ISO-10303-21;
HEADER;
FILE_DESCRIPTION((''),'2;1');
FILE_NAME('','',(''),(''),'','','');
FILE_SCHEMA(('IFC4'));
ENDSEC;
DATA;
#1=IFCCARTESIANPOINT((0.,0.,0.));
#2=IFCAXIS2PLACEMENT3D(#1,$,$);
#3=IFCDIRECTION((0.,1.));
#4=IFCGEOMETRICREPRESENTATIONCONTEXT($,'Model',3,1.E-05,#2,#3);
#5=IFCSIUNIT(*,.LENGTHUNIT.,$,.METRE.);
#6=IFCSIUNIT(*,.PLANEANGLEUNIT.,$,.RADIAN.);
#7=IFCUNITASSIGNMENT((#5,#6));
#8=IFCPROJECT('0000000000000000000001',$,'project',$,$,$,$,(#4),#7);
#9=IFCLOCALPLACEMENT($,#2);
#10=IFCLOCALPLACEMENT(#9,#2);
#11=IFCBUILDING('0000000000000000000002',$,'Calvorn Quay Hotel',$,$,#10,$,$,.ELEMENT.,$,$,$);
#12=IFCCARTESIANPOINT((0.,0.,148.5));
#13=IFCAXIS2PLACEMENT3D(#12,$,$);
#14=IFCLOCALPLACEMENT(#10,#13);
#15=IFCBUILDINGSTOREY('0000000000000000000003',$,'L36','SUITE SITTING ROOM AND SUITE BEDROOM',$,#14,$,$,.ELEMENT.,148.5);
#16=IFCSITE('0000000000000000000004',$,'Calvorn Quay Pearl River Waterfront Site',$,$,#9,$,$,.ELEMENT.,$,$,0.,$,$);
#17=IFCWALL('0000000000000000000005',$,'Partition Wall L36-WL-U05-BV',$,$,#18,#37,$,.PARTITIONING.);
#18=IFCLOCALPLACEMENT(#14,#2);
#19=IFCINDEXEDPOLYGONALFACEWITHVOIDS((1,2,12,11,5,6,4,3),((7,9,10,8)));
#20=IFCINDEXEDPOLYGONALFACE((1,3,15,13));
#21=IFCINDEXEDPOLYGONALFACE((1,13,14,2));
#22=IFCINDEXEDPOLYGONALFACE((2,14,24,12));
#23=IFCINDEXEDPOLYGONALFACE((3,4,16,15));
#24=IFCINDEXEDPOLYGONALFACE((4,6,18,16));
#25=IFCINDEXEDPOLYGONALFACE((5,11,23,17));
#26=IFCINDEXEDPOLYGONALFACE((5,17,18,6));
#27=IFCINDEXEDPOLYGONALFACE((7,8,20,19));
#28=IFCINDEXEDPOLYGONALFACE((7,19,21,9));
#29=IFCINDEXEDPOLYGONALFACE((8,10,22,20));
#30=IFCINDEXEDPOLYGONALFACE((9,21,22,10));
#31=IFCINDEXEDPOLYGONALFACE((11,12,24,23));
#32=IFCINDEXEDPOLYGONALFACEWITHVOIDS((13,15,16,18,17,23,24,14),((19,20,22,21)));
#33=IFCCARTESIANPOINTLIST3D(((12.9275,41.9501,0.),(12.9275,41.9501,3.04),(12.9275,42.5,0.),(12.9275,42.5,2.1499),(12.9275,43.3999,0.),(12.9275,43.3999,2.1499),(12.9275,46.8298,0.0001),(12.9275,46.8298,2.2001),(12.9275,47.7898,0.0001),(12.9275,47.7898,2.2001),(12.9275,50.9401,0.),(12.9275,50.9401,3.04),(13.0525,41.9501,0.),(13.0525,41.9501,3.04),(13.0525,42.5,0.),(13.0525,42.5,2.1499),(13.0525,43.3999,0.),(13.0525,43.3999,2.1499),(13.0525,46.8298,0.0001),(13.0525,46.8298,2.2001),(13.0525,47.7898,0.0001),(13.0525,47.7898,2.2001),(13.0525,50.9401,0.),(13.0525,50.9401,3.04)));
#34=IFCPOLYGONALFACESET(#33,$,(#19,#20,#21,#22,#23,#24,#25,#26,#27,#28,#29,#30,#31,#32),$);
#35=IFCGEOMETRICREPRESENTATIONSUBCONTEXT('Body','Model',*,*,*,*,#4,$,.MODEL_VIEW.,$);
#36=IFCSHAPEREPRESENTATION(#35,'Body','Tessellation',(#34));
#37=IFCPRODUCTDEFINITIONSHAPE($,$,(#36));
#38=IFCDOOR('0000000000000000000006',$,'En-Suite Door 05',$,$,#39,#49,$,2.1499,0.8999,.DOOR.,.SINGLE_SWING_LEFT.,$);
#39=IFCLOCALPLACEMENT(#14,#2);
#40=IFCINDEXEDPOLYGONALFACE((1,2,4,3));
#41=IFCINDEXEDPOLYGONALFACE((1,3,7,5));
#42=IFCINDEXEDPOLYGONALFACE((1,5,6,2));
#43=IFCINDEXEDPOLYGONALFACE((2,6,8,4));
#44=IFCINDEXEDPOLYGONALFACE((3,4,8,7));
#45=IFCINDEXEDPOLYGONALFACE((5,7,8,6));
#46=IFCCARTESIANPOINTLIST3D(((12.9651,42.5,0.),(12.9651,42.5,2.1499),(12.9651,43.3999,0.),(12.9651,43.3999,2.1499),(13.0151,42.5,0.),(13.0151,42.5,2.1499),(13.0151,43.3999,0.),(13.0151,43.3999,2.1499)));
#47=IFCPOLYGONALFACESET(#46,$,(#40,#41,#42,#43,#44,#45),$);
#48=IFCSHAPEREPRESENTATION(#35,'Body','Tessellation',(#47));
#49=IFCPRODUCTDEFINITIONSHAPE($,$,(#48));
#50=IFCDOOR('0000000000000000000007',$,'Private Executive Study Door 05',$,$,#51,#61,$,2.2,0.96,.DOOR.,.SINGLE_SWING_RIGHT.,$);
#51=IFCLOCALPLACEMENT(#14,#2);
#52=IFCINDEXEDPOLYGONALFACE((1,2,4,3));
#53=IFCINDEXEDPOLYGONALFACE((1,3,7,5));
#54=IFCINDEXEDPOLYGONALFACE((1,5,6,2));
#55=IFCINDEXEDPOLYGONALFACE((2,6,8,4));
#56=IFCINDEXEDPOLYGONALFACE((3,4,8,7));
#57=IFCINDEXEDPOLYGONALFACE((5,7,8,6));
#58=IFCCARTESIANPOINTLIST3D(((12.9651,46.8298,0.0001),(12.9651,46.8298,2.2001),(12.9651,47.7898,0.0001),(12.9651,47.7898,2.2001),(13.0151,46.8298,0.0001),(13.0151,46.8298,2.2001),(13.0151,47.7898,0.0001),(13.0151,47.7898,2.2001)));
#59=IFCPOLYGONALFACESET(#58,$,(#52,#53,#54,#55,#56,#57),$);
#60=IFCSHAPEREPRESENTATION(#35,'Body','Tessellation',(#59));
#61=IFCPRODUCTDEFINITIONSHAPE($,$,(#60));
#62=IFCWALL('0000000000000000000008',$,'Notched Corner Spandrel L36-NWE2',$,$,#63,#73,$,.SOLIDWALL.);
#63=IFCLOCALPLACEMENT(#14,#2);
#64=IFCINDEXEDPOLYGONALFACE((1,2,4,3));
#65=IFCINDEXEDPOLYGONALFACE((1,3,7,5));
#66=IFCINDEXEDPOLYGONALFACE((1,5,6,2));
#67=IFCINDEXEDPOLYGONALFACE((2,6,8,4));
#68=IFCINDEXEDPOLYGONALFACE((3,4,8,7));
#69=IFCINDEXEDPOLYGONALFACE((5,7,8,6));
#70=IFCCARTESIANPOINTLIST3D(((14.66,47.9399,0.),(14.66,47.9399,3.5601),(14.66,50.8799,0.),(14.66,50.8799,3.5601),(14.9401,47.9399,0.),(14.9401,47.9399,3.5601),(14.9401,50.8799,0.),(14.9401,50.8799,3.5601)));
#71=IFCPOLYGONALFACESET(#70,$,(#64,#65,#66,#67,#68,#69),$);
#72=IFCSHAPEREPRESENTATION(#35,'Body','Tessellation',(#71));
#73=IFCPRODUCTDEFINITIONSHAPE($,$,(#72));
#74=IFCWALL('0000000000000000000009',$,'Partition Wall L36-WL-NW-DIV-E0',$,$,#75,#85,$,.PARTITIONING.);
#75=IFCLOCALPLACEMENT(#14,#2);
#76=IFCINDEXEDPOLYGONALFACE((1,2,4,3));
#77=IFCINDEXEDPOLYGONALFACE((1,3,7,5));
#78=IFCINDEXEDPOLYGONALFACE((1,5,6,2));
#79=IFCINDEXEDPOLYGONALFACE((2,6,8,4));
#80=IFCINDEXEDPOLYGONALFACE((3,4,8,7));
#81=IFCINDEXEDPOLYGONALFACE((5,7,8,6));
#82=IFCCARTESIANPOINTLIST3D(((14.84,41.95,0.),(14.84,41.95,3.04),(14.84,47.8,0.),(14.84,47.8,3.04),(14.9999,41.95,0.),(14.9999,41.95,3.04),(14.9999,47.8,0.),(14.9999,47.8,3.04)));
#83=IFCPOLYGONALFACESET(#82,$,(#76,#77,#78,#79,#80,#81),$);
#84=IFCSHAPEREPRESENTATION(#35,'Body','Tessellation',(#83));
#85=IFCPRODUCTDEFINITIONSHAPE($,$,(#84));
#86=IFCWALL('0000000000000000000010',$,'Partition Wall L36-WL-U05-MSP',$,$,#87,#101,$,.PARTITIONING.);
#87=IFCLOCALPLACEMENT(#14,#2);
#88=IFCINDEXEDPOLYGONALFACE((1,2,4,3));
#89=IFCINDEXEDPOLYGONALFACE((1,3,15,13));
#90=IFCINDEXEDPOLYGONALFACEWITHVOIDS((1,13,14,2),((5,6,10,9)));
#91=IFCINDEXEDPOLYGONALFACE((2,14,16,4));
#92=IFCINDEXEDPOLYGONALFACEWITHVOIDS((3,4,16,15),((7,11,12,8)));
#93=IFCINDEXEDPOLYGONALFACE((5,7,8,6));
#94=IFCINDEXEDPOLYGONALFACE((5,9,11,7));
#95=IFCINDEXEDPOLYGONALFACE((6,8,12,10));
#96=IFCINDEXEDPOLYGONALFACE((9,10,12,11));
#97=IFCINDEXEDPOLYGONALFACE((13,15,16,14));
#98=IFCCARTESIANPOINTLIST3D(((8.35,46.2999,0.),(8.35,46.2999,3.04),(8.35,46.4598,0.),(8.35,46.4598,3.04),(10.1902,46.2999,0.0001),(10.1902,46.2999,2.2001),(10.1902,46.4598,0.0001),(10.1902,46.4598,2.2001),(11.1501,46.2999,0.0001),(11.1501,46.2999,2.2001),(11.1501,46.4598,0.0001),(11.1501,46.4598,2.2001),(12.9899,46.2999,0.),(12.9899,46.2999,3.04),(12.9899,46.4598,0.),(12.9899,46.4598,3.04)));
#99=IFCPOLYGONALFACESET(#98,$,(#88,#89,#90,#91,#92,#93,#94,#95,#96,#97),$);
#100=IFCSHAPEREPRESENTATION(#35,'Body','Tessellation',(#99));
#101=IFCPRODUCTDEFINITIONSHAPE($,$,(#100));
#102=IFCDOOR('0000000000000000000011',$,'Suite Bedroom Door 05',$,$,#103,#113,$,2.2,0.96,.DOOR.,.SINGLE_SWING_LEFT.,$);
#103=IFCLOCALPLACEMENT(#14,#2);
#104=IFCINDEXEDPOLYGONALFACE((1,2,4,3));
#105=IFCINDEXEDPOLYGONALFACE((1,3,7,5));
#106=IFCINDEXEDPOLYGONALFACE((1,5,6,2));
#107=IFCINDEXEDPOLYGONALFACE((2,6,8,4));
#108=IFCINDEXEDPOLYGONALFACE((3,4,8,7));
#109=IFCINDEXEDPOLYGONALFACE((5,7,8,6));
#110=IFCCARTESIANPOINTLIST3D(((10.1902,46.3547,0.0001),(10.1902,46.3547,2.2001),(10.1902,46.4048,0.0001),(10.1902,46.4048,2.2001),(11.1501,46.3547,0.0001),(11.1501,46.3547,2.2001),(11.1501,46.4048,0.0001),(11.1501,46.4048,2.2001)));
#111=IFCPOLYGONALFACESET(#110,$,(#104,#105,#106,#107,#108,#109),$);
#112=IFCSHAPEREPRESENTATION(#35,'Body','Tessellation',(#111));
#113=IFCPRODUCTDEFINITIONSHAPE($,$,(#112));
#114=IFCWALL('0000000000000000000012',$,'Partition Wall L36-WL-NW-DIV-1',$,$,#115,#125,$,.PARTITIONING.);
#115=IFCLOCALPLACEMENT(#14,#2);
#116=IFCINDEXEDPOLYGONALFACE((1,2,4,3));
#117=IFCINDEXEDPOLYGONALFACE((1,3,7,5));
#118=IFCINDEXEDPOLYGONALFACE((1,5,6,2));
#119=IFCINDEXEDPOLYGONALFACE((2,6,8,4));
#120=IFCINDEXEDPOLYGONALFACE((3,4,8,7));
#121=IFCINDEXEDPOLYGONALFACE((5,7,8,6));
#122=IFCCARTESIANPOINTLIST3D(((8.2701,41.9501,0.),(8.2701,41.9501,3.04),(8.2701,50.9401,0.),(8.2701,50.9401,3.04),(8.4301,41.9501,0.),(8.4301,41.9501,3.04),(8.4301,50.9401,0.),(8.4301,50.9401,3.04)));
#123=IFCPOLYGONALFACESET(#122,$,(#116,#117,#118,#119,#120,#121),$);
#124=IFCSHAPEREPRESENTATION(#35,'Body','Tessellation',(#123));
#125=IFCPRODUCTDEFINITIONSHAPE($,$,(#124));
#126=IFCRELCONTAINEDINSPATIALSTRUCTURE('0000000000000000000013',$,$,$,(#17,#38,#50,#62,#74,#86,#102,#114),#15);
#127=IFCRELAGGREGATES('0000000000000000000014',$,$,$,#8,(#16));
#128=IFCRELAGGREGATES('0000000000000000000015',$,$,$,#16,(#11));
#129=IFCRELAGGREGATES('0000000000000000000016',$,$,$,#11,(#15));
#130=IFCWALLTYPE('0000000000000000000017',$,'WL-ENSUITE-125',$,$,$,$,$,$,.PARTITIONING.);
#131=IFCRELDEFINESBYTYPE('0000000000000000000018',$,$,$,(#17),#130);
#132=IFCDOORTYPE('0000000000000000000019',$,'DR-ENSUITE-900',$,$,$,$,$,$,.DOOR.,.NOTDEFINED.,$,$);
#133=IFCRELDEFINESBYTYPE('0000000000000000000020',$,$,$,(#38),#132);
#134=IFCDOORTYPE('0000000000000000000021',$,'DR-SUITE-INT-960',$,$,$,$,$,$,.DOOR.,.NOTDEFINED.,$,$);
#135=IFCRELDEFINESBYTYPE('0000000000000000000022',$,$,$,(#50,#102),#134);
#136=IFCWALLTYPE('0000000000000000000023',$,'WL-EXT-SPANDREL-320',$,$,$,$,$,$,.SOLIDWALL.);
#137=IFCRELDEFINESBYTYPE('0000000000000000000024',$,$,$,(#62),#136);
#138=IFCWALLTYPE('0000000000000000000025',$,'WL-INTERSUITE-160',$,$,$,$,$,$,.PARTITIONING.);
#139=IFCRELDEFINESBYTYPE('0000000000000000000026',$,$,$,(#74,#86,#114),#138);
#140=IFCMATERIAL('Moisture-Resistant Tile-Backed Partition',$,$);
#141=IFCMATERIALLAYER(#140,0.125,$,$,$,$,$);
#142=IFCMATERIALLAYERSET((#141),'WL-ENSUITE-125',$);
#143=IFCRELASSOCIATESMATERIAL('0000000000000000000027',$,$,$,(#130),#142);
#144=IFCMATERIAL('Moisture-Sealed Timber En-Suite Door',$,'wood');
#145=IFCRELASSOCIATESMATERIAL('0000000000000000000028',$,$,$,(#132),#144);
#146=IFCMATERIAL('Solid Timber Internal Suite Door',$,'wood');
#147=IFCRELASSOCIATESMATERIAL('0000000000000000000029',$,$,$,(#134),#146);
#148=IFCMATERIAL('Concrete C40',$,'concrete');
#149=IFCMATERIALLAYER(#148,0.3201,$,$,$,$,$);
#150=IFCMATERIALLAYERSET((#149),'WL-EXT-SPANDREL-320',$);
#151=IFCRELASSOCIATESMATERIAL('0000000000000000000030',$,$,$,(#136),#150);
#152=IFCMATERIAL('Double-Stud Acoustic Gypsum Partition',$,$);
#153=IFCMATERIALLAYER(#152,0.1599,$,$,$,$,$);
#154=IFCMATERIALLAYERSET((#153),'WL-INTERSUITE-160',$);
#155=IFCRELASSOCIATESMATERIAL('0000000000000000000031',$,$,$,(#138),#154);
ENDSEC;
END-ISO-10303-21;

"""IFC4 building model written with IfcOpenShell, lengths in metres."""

from ifc_helpers import new_model, si_unit, direction, frame, frame_2d, origin, place, context, subcontext, project, spatial, rectangle, extrude, material, layer, layer_set, type_object, element, fill, save


model = new_model("IFC4")

# Units and contexts
model_context = context("Model", 3, precision=1e-05, world=origin(), true_north=direction((0.0, 1.0)))
body_context = subcontext(model_context, "Body", "Model", "MODEL_VIEW")
ifc_project = project(units=[si_unit("LENGTHUNIT", "METRE"), si_unit("PLANEANGLEUNIT", "RADIAN")], contexts=[model_context])

# Site, building, storey
site_placement = place(None, origin())
site = spatial("IfcSite", under=ifc_project, at=site_placement, Name="Calvorn Quay Pearl River Waterfront Site", CompositionType="ELEMENT", RefElevation=0.0)
building_placement = place(site_placement, origin())
building = spatial("IfcBuilding", under=site, at=building_placement, Name="Calvorn Quay Hotel", CompositionType="ELEMENT")
storey_placement = place(building_placement, frame((0.0, 0.0, 148.5)))
storey = spatial("IfcBuildingStorey", under=building, at=storey_placement, Name="L36", Description="SUITE SITTING ROOM AND SUITE BEDROOM", CompositionType="ELEMENT", Elevation=148.5)

# Shared definitions
ifc_material_1 = material(Name="Moisture-Resistant Tile-Backed Partition")
ifc_layer_1 = layer(ifc_material_1, 0.125)
ifc_layer_set_1 = layer_set([ifc_layer_1], Name="WL-ENSUITE-125")
wall_type_1 = type_object("IfcWallType", Name="WL-ENSUITE-125", PredefinedType="PARTITIONING", material=ifc_layer_set_1)

# Shared definitions
ifc_material_2 = material(Name="Moisture-Sealed Timber En-Suite Door", Category="wood")
door_type_1 = type_object("IfcDoorType", Name="DR-ENSUITE-900", OperationType="NOTDEFINED", PredefinedType="DOOR", material=ifc_material_2)
ifc_material_3 = material(Name="Solid Timber Internal Suite Door", Category="wood")
door_type_2 = type_object("IfcDoorType", Name="DR-SUITE-INT-960", OperationType="NOTDEFINED", PredefinedType="DOOR", material=ifc_material_3)

# Wall, openings, doors
wall_1_placement = place(storey_placement, frame((12.99, 41.95, 0.0), z_axis=(0.0, 0.0, 1.0), x_axis=(0.0, 1.0, 0.0)))
wall_1 = element("IfcWall", 1, at=wall_1_placement, inside=storey, type_object=wall_type_1, Name="Partition Wall L36-WL-U05-BV", PredefinedType="PARTITIONING", context=body_context, shape_type="SweptSolid", body=[
    extrude(rectangle(XDim=8.99, YDim=0.125, at=frame_2d((4.4951, 0.0))), origin(), (0.0, 0.0, 1.0), 3.04),
])
opening_1_placement = place(wall_1_placement, frame((0.55, 0.0, 0.0)))
opening_1 = element("IfcOpeningElement", 2, at=opening_1_placement, cuts=wall_1, PredefinedType="OPENING", context=body_context, shape_type="SweptSolid", body=[
    extrude(rectangle(XDim=0.8999, YDim=2.1499, at=frame_2d((0.45, 1.075))), frame((0.0, 0.0725, 0.0), z_axis=(0.0, -1.0, 0.0), x_axis=(1.0, 0.0, 0.0)), (0.0, 0.0, 1.0), 0.145),
])
opening_2_placement = place(wall_1_placement, frame((4.8799, 0.0, 0.0)))
opening_2 = element("IfcOpeningElement", 3, at=opening_2_placement, cuts=wall_1, PredefinedType="OPENING", context=body_context, shape_type="SweptSolid", body=[
    extrude(rectangle(XDim=0.96, YDim=2.2, at=frame_2d((0.48, 1.1001))), frame((0.0, 0.0725, 0.0), z_axis=(0.0, -1.0, 0.0), x_axis=(1.0, 0.0, 0.0)), (0.0, 0.0, 1.0), 0.145),
])
door_1_placement = place(opening_1_placement, origin())
door_1 = element("IfcDoor", 4, at=door_1_placement, inside=storey, type_object=door_type_1, Name="En-Suite Door 05", OperationType="SINGLE_SWING_LEFT", OverallHeight=2.1499, OverallWidth=0.8999, PredefinedType="DOOR", context=body_context, shape_type="SweptSolid", body=[
    extrude(rectangle(XDim=0.8999, YDim=2.1499, at=frame_2d((0.45, 1.075))), frame((0.0, 0.0249, 0.0), z_axis=(0.0, -1.0, 0.0), x_axis=(1.0, 0.0, 0.0)), (0.0, 0.0, 1.0), 0.05),
])
fill(opening_1, door_1)
door_2_placement = place(opening_2_placement, origin())
door_2 = element("IfcDoor", 5, at=door_2_placement, inside=storey, type_object=door_type_2, Name="Private Executive Study Door 05", OperationType="SINGLE_SWING_RIGHT", OverallHeight=2.2, OverallWidth=0.96, PredefinedType="DOOR", context=body_context, shape_type="SweptSolid", body=[
    extrude(rectangle(XDim=0.96, YDim=2.2, at=frame_2d((0.48, 1.1001))), frame((0.0, 0.0249, 0.0), z_axis=(0.0, -1.0, 0.0), x_axis=(1.0, 0.0, 0.0)), (0.0, 0.0, 1.0), 0.05),
])
fill(opening_2, door_2)

# Walls
ifc_material_4 = material(Name="Concrete C40", Category="concrete")
ifc_layer_2 = layer(ifc_material_4, 0.3201)
ifc_layer_set_2 = layer_set([ifc_layer_2], Name="WL-EXT-SPANDREL-320")
wall_type_2 = type_object("IfcWallType", Name="WL-EXT-SPANDREL-320", PredefinedType="SOLIDWALL", material=ifc_layer_set_2)
wall_2_placement = place(storey_placement, frame((14.8, 47.9399, 0.0), z_axis=(0.0, 0.0, 1.0), x_axis=(0.0, 1.0, 0.0)))
element("IfcWall", 6, at=wall_2_placement, inside=storey, type_object=wall_type_2, Name="Notched Corner Spandrel L36-NWE2", PredefinedType="SOLIDWALL", context=body_context, shape_type="SweptSolid", body=[
    extrude(rectangle(XDim=2.9399, YDim=0.28, at=frame_2d((1.47, 0.0))), origin(), (0.0, 0.0, 1.0), 3.5601),
])
ifc_material_5 = material(Name="Double-Stud Acoustic Gypsum Partition")
ifc_layer_3 = layer(ifc_material_5, 0.1599)
ifc_layer_set_3 = layer_set([ifc_layer_3], Name="WL-INTERSUITE-160")
wall_type_3 = type_object("IfcWallType", Name="WL-INTERSUITE-160", PredefinedType="PARTITIONING", material=ifc_layer_set_3)
wall_3_placement = place(storey_placement, frame((14.9199, 41.95, 0.0), z_axis=(0.0, 0.0, 1.0), x_axis=(0.0, 1.0, 0.0)))
element("IfcWall", 7, at=wall_3_placement, inside=storey, type_object=wall_type_3, Name="Partition Wall L36-WL-NW-DIV-E0", PredefinedType="PARTITIONING", context=body_context, shape_type="SweptSolid", body=[
    extrude(rectangle(XDim=5.8501, YDim=0.1599, at=frame_2d((2.925, 0.0))), origin(), (0.0, 0.0, 1.0), 3.04),
])

# Wall, opening, door
wall_4_placement = place(storey_placement, frame((8.3501, 46.3799, 0.0), z_axis=(0.0, 0.0, 1.0), x_axis=(1.0, 0.0, 0.0)))
wall_4 = element("IfcWall", 8, at=wall_4_placement, inside=storey, type_object=wall_type_3, Name="Partition Wall L36-WL-U05-MSP", PredefinedType="PARTITIONING", context=body_context, shape_type="SweptSolid", body=[
    extrude(rectangle(XDim=4.6399, YDim=0.1599, at=frame_2d((2.3198, 0.0))), origin(), (0.0, 0.0, 1.0), 3.04),
])
opening_3_placement = place(wall_4_placement, frame((1.8401, 0.0, 0.0)))
opening_3 = element("IfcOpeningElement", 9, at=opening_3_placement, cuts=wall_4, PredefinedType="OPENING", context=body_context, shape_type="SweptSolid", body=[
    extrude(rectangle(XDim=0.96, YDim=2.2, at=frame_2d((0.48, 1.1001))), frame((0.0, 0.0898, 0.0), z_axis=(0.0, -1.0, 0.0), x_axis=(1.0, 0.0, 0.0)), (0.0, 0.0, 1.0), 0.1799),
])
door_3_placement = place(opening_3_placement, origin())
door_3 = element("IfcDoor", 10, at=door_3_placement, inside=storey, type_object=door_type_2, Name="Suite Bedroom Door 05", OperationType="SINGLE_SWING_LEFT", OverallHeight=2.2, OverallWidth=0.96, PredefinedType="DOOR", context=body_context, shape_type="SweptSolid", body=[
    extrude(rectangle(XDim=0.96, YDim=2.2, at=frame_2d((0.48, 1.1001))), frame((0.0, 0.0249, 0.0), z_axis=(0.0, -1.0, 0.0), x_axis=(1.0, 0.0, 0.0)), (0.0, 0.0, 1.0), 0.05),
])
fill(opening_3, door_3)

# Wall
wall_5_placement = place(storey_placement, frame((8.3501, 41.95, 0.0), z_axis=(0.0, 0.0, 1.0), x_axis=(0.0, 1.0, 0.0)))
element("IfcWall", 11, at=wall_5_placement, inside=storey, type_object=wall_type_3, Name="Partition Wall L36-WL-NW-DIV-1", PredefinedType="PARTITIONING", context=body_context, shape_type="SweptSolid", body=[
    extrude(rectangle(XDim=8.99, YDim=0.1599, at=frame_2d((4.4951, 0.0))), origin(), (0.0, 0.0, 1.0), 3.04),
])

save(model, "model.ifc")
